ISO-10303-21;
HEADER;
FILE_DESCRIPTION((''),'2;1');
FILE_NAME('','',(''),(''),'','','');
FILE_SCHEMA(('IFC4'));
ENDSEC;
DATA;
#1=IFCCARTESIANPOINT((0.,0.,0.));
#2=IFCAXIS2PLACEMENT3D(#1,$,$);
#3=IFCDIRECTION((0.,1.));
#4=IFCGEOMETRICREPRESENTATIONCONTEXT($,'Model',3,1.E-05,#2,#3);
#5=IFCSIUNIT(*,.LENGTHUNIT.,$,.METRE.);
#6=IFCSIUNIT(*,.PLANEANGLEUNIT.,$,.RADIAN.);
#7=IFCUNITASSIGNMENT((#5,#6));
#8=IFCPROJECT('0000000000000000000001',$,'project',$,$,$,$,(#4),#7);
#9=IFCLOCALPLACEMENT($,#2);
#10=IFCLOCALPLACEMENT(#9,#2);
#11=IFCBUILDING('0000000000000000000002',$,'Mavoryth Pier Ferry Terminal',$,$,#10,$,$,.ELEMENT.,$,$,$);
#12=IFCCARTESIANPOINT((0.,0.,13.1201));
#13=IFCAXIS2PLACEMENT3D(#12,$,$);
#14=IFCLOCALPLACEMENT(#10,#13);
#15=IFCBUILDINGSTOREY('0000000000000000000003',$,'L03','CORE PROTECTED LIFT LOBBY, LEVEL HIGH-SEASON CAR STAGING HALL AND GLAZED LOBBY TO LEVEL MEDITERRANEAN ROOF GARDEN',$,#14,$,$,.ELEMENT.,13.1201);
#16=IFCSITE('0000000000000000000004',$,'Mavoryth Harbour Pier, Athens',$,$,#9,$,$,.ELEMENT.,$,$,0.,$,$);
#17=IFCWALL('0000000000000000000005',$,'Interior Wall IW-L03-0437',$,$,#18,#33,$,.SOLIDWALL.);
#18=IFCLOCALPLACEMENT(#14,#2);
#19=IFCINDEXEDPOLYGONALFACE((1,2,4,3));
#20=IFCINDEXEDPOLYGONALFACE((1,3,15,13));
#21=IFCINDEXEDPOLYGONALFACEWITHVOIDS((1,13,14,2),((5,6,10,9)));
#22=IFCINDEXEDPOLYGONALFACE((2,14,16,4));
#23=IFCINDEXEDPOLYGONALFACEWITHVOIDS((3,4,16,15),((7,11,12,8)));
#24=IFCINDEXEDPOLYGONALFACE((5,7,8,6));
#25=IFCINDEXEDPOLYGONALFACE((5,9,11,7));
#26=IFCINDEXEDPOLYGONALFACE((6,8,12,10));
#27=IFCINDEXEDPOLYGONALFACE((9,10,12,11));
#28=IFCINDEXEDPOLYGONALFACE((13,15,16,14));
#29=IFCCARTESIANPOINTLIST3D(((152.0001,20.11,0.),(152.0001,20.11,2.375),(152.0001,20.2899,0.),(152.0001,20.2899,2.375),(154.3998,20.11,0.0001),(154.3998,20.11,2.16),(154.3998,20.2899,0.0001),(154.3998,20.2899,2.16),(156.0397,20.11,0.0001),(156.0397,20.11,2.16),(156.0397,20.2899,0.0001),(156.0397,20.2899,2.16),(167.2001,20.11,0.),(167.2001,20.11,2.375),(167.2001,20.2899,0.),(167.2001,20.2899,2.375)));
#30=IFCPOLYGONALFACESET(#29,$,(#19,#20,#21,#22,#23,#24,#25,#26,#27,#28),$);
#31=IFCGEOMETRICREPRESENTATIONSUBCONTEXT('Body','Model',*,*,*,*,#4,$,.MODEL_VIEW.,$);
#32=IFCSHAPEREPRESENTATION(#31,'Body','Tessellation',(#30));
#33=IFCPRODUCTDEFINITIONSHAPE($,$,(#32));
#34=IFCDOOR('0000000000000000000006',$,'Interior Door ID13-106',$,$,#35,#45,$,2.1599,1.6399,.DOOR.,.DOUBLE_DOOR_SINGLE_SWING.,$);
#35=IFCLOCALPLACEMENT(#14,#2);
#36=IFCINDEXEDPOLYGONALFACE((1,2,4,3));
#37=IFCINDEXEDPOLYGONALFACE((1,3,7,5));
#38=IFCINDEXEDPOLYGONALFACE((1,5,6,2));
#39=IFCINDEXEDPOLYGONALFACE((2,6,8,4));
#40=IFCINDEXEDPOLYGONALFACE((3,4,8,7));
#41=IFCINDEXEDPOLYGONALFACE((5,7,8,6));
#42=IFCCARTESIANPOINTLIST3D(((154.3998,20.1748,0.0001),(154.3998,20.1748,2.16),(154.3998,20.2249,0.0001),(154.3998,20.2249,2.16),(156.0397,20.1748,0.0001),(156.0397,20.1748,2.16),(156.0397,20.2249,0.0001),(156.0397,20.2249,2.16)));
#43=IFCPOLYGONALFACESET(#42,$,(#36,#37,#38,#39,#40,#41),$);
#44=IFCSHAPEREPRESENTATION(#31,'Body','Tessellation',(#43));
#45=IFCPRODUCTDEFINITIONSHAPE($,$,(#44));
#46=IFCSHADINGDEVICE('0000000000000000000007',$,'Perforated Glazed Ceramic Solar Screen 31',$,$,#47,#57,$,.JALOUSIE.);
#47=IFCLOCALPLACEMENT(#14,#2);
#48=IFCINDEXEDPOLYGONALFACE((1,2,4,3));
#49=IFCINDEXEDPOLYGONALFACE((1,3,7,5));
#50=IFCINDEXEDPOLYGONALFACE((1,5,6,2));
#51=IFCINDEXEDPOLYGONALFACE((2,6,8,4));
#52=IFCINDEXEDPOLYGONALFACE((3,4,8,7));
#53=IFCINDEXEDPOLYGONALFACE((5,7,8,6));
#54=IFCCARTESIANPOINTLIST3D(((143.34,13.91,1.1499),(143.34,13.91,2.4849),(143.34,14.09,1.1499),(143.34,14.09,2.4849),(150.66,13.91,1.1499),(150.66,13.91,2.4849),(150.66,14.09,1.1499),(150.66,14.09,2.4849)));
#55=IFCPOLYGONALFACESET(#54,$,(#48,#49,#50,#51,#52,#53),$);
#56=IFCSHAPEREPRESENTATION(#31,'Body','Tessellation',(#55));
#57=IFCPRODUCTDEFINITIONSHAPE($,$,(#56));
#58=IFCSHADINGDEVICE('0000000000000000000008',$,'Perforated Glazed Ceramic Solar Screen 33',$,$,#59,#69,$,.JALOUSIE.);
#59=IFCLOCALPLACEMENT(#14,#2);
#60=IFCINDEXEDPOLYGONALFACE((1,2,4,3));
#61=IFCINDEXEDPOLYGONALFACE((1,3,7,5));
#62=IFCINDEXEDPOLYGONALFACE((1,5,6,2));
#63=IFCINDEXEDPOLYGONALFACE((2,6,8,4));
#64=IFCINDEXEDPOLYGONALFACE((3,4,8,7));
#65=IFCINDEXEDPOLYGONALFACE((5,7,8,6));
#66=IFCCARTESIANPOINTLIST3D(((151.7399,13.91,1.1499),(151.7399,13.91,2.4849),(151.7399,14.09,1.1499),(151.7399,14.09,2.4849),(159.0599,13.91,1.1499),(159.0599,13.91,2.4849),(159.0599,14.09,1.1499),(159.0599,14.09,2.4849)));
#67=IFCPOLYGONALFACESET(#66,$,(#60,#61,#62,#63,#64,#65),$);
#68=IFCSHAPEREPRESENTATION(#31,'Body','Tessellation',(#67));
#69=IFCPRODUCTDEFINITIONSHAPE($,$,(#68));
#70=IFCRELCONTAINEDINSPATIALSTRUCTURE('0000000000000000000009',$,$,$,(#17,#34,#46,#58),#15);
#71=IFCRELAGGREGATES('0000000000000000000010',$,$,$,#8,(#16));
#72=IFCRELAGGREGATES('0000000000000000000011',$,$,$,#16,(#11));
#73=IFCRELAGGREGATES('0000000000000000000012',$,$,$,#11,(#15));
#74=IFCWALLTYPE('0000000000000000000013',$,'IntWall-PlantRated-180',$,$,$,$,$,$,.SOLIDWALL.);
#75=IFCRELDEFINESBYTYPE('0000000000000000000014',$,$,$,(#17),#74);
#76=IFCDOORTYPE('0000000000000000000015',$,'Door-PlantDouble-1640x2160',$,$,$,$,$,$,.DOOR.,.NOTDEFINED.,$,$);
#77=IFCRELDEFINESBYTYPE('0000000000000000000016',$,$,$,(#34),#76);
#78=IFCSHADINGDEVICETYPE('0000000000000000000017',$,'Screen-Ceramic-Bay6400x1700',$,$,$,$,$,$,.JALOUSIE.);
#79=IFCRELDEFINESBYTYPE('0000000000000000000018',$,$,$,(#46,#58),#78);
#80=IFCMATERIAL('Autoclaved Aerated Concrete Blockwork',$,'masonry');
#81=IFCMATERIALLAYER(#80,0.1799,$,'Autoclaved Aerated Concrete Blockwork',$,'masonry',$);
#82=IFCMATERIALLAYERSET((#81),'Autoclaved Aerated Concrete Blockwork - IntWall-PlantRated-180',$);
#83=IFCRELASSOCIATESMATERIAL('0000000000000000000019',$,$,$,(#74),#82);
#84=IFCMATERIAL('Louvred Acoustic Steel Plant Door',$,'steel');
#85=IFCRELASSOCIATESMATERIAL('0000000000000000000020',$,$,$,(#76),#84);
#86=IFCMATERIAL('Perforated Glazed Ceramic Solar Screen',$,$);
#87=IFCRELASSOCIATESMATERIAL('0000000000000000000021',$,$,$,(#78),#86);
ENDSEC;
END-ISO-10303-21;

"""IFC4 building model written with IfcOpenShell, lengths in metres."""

from ifc_helpers import new_model, si_unit, direction, frame, frame_2d, origin, origin_2d, place, context, subcontext, project, spatial, rectangle, extrude, material, layer, layer_set, type_object, element, fill, save


model = new_model("IFC4")

# Units and contexts
model_context = context("Model", 3, precision=1e-05, world=origin(), true_north=direction((0.0, 1.0)))
body_context = subcontext(model_context, "Body", "Model", "MODEL_VIEW")
ifc_project = project(units=[si_unit("LENGTHUNIT", "METRE"), si_unit("PLANEANGLEUNIT", "RADIAN")], contexts=[model_context])

# Site, building, storey
site_placement = place(None, origin())
site = spatial("IfcSite", under=ifc_project, at=site_placement, Name="Mavoryth Harbour Pier, Athens", CompositionType="ELEMENT", RefElevation=0.0)
building_placement = place(site_placement, origin())
building = spatial("IfcBuilding", under=site, at=building_placement, Name="Mavoryth Pier Ferry Terminal", CompositionType="ELEMENT")
storey_placement = place(building_placement, frame((0.0, 0.0, 13.1201)))
storey = spatial("IfcBuildingStorey", under=building, at=storey_placement, Name="L03", Description="CORE PROTECTED LIFT LOBBY, LEVEL HIGH-SEASON CAR STAGING HALL AND GLAZED LOBBY TO LEVEL MEDITERRANEAN ROOF GARDEN", CompositionType="ELEMENT", Elevation=13.1201)

# Wall, opening, door
ifc_material_1 = material(Name="Autoclaved Aerated Concrete Blockwork", Category="masonry")
ifc_layer_1 = layer(ifc_material_1, 0.1799, Name="Autoclaved Aerated Concrete Blockwork", Category="masonry")
ifc_layer_set_1 = layer_set([ifc_layer_1], Name="Autoclaved Aerated Concrete Blockwork - IntWall-PlantRated-180")
wall_type_1 = type_object("IfcWallType", Name="IntWall-PlantRated-180", PredefinedType="SOLIDWALL", material=ifc_layer_set_1)
wall_1_placement = place(storey_placement, frame((152.0, 20.2, 0.0), z_axis=(0.0, 0.0, 1.0), x_axis=(1.0, 0.0, 0.0)))
wall_1 = element("IfcWall", 1, at=wall_1_placement, inside=storey, type_object=wall_type_1, Name="Interior Wall IW-L03-0437", PredefinedType="SOLIDWALL", context=body_context, shape_type="SweptSolid", body=[
    extrude(rectangle(XDim=15.2, YDim=0.1799, at=frame_2d((7.6001, 0.0))), origin(), (0.0, 0.0, 1.0), 2.375),
])
opening_1_placement = place(wall_1_placement, frame((2.3999, 0.0, 0.0)))
opening_1 = element("IfcOpeningElement", 2, at=opening_1_placement, cuts=wall_1, PredefinedType="OPENING", context=body_context, shape_type="SweptSolid", body=[
    extrude(rectangle(XDim=1.6399, YDim=2.1599, at=frame_2d((0.8198, 1.0801))), frame((0.0, 0.0999, 0.0), z_axis=(0.0, -1.0, 0.0), x_axis=(1.0, 0.0, 0.0)), (0.0, 0.0, 1.0), 0.2),
])
ifc_material_2 = material(Name="Louvred Acoustic Steel Plant Door", Category="steel")
door_type_1 = type_object("IfcDoorType", Name="Door-PlantDouble-1640x2160", OperationType="NOTDEFINED", PredefinedType="DOOR", material=ifc_material_2)
door_1_placement = place(opening_1_placement, origin())
door_1 = element("IfcDoor", 3, at=door_1_placement, inside=storey, type_object=door_type_1, Name="Interior Door ID13-106", OperationType="DOUBLE_DOOR_SINGLE_SWING", OverallHeight=2.1599, OverallWidth=1.6399, PredefinedType="DOOR", context=body_context, shape_type="SweptSolid", body=[
    extrude(rectangle(XDim=1.6399, YDim=2.1599, at=frame_2d((0.8198, 1.0801))), frame((0.0, 0.0249, 0.0), z_axis=(0.0, -1.0, 0.0), x_axis=(1.0, 0.0, 0.0)), (0.0, 0.0, 1.0), 0.05),
])
fill(opening_1, door_1)

# Shading devices
ifc_material_3 = material(Name="Perforated Glazed Ceramic Solar Screen")
shading_device_type = type_object("IfcShadingDeviceType", Name="Screen-Ceramic-Bay6400x1700", PredefinedType="JALOUSIE", material=ifc_material_3)
for number, where, z_axis, x_axis, name in (
    (4, (147.0, 14.0, 1.1499), (0.0, 0.0, 1.0), (1.0, 0.0, 0.0), "Perforated Glazed Ceramic Solar Screen 31"),
    (5, (155.3999, 14.0, 1.1499), (0.0, 0.0, 1.0), (1.0, 0.0, 0.0), "Perforated Glazed Ceramic Solar Screen 33"),
):
    element("IfcShadingDevice", number, at=place(storey_placement, frame(where, z_axis=z_axis, x_axis=x_axis)), inside=storey, type_object=shading_device_type, Name=name, PredefinedType="JALOUSIE", context=body_context, shape_type="SweptSolid", body=[
        extrude(rectangle(XDim=7.3201, YDim=0.1799, at=origin_2d()), origin(), (0.0, 0.0, 1.0), 1.335),
    ])

save(model, "model.ifc")
